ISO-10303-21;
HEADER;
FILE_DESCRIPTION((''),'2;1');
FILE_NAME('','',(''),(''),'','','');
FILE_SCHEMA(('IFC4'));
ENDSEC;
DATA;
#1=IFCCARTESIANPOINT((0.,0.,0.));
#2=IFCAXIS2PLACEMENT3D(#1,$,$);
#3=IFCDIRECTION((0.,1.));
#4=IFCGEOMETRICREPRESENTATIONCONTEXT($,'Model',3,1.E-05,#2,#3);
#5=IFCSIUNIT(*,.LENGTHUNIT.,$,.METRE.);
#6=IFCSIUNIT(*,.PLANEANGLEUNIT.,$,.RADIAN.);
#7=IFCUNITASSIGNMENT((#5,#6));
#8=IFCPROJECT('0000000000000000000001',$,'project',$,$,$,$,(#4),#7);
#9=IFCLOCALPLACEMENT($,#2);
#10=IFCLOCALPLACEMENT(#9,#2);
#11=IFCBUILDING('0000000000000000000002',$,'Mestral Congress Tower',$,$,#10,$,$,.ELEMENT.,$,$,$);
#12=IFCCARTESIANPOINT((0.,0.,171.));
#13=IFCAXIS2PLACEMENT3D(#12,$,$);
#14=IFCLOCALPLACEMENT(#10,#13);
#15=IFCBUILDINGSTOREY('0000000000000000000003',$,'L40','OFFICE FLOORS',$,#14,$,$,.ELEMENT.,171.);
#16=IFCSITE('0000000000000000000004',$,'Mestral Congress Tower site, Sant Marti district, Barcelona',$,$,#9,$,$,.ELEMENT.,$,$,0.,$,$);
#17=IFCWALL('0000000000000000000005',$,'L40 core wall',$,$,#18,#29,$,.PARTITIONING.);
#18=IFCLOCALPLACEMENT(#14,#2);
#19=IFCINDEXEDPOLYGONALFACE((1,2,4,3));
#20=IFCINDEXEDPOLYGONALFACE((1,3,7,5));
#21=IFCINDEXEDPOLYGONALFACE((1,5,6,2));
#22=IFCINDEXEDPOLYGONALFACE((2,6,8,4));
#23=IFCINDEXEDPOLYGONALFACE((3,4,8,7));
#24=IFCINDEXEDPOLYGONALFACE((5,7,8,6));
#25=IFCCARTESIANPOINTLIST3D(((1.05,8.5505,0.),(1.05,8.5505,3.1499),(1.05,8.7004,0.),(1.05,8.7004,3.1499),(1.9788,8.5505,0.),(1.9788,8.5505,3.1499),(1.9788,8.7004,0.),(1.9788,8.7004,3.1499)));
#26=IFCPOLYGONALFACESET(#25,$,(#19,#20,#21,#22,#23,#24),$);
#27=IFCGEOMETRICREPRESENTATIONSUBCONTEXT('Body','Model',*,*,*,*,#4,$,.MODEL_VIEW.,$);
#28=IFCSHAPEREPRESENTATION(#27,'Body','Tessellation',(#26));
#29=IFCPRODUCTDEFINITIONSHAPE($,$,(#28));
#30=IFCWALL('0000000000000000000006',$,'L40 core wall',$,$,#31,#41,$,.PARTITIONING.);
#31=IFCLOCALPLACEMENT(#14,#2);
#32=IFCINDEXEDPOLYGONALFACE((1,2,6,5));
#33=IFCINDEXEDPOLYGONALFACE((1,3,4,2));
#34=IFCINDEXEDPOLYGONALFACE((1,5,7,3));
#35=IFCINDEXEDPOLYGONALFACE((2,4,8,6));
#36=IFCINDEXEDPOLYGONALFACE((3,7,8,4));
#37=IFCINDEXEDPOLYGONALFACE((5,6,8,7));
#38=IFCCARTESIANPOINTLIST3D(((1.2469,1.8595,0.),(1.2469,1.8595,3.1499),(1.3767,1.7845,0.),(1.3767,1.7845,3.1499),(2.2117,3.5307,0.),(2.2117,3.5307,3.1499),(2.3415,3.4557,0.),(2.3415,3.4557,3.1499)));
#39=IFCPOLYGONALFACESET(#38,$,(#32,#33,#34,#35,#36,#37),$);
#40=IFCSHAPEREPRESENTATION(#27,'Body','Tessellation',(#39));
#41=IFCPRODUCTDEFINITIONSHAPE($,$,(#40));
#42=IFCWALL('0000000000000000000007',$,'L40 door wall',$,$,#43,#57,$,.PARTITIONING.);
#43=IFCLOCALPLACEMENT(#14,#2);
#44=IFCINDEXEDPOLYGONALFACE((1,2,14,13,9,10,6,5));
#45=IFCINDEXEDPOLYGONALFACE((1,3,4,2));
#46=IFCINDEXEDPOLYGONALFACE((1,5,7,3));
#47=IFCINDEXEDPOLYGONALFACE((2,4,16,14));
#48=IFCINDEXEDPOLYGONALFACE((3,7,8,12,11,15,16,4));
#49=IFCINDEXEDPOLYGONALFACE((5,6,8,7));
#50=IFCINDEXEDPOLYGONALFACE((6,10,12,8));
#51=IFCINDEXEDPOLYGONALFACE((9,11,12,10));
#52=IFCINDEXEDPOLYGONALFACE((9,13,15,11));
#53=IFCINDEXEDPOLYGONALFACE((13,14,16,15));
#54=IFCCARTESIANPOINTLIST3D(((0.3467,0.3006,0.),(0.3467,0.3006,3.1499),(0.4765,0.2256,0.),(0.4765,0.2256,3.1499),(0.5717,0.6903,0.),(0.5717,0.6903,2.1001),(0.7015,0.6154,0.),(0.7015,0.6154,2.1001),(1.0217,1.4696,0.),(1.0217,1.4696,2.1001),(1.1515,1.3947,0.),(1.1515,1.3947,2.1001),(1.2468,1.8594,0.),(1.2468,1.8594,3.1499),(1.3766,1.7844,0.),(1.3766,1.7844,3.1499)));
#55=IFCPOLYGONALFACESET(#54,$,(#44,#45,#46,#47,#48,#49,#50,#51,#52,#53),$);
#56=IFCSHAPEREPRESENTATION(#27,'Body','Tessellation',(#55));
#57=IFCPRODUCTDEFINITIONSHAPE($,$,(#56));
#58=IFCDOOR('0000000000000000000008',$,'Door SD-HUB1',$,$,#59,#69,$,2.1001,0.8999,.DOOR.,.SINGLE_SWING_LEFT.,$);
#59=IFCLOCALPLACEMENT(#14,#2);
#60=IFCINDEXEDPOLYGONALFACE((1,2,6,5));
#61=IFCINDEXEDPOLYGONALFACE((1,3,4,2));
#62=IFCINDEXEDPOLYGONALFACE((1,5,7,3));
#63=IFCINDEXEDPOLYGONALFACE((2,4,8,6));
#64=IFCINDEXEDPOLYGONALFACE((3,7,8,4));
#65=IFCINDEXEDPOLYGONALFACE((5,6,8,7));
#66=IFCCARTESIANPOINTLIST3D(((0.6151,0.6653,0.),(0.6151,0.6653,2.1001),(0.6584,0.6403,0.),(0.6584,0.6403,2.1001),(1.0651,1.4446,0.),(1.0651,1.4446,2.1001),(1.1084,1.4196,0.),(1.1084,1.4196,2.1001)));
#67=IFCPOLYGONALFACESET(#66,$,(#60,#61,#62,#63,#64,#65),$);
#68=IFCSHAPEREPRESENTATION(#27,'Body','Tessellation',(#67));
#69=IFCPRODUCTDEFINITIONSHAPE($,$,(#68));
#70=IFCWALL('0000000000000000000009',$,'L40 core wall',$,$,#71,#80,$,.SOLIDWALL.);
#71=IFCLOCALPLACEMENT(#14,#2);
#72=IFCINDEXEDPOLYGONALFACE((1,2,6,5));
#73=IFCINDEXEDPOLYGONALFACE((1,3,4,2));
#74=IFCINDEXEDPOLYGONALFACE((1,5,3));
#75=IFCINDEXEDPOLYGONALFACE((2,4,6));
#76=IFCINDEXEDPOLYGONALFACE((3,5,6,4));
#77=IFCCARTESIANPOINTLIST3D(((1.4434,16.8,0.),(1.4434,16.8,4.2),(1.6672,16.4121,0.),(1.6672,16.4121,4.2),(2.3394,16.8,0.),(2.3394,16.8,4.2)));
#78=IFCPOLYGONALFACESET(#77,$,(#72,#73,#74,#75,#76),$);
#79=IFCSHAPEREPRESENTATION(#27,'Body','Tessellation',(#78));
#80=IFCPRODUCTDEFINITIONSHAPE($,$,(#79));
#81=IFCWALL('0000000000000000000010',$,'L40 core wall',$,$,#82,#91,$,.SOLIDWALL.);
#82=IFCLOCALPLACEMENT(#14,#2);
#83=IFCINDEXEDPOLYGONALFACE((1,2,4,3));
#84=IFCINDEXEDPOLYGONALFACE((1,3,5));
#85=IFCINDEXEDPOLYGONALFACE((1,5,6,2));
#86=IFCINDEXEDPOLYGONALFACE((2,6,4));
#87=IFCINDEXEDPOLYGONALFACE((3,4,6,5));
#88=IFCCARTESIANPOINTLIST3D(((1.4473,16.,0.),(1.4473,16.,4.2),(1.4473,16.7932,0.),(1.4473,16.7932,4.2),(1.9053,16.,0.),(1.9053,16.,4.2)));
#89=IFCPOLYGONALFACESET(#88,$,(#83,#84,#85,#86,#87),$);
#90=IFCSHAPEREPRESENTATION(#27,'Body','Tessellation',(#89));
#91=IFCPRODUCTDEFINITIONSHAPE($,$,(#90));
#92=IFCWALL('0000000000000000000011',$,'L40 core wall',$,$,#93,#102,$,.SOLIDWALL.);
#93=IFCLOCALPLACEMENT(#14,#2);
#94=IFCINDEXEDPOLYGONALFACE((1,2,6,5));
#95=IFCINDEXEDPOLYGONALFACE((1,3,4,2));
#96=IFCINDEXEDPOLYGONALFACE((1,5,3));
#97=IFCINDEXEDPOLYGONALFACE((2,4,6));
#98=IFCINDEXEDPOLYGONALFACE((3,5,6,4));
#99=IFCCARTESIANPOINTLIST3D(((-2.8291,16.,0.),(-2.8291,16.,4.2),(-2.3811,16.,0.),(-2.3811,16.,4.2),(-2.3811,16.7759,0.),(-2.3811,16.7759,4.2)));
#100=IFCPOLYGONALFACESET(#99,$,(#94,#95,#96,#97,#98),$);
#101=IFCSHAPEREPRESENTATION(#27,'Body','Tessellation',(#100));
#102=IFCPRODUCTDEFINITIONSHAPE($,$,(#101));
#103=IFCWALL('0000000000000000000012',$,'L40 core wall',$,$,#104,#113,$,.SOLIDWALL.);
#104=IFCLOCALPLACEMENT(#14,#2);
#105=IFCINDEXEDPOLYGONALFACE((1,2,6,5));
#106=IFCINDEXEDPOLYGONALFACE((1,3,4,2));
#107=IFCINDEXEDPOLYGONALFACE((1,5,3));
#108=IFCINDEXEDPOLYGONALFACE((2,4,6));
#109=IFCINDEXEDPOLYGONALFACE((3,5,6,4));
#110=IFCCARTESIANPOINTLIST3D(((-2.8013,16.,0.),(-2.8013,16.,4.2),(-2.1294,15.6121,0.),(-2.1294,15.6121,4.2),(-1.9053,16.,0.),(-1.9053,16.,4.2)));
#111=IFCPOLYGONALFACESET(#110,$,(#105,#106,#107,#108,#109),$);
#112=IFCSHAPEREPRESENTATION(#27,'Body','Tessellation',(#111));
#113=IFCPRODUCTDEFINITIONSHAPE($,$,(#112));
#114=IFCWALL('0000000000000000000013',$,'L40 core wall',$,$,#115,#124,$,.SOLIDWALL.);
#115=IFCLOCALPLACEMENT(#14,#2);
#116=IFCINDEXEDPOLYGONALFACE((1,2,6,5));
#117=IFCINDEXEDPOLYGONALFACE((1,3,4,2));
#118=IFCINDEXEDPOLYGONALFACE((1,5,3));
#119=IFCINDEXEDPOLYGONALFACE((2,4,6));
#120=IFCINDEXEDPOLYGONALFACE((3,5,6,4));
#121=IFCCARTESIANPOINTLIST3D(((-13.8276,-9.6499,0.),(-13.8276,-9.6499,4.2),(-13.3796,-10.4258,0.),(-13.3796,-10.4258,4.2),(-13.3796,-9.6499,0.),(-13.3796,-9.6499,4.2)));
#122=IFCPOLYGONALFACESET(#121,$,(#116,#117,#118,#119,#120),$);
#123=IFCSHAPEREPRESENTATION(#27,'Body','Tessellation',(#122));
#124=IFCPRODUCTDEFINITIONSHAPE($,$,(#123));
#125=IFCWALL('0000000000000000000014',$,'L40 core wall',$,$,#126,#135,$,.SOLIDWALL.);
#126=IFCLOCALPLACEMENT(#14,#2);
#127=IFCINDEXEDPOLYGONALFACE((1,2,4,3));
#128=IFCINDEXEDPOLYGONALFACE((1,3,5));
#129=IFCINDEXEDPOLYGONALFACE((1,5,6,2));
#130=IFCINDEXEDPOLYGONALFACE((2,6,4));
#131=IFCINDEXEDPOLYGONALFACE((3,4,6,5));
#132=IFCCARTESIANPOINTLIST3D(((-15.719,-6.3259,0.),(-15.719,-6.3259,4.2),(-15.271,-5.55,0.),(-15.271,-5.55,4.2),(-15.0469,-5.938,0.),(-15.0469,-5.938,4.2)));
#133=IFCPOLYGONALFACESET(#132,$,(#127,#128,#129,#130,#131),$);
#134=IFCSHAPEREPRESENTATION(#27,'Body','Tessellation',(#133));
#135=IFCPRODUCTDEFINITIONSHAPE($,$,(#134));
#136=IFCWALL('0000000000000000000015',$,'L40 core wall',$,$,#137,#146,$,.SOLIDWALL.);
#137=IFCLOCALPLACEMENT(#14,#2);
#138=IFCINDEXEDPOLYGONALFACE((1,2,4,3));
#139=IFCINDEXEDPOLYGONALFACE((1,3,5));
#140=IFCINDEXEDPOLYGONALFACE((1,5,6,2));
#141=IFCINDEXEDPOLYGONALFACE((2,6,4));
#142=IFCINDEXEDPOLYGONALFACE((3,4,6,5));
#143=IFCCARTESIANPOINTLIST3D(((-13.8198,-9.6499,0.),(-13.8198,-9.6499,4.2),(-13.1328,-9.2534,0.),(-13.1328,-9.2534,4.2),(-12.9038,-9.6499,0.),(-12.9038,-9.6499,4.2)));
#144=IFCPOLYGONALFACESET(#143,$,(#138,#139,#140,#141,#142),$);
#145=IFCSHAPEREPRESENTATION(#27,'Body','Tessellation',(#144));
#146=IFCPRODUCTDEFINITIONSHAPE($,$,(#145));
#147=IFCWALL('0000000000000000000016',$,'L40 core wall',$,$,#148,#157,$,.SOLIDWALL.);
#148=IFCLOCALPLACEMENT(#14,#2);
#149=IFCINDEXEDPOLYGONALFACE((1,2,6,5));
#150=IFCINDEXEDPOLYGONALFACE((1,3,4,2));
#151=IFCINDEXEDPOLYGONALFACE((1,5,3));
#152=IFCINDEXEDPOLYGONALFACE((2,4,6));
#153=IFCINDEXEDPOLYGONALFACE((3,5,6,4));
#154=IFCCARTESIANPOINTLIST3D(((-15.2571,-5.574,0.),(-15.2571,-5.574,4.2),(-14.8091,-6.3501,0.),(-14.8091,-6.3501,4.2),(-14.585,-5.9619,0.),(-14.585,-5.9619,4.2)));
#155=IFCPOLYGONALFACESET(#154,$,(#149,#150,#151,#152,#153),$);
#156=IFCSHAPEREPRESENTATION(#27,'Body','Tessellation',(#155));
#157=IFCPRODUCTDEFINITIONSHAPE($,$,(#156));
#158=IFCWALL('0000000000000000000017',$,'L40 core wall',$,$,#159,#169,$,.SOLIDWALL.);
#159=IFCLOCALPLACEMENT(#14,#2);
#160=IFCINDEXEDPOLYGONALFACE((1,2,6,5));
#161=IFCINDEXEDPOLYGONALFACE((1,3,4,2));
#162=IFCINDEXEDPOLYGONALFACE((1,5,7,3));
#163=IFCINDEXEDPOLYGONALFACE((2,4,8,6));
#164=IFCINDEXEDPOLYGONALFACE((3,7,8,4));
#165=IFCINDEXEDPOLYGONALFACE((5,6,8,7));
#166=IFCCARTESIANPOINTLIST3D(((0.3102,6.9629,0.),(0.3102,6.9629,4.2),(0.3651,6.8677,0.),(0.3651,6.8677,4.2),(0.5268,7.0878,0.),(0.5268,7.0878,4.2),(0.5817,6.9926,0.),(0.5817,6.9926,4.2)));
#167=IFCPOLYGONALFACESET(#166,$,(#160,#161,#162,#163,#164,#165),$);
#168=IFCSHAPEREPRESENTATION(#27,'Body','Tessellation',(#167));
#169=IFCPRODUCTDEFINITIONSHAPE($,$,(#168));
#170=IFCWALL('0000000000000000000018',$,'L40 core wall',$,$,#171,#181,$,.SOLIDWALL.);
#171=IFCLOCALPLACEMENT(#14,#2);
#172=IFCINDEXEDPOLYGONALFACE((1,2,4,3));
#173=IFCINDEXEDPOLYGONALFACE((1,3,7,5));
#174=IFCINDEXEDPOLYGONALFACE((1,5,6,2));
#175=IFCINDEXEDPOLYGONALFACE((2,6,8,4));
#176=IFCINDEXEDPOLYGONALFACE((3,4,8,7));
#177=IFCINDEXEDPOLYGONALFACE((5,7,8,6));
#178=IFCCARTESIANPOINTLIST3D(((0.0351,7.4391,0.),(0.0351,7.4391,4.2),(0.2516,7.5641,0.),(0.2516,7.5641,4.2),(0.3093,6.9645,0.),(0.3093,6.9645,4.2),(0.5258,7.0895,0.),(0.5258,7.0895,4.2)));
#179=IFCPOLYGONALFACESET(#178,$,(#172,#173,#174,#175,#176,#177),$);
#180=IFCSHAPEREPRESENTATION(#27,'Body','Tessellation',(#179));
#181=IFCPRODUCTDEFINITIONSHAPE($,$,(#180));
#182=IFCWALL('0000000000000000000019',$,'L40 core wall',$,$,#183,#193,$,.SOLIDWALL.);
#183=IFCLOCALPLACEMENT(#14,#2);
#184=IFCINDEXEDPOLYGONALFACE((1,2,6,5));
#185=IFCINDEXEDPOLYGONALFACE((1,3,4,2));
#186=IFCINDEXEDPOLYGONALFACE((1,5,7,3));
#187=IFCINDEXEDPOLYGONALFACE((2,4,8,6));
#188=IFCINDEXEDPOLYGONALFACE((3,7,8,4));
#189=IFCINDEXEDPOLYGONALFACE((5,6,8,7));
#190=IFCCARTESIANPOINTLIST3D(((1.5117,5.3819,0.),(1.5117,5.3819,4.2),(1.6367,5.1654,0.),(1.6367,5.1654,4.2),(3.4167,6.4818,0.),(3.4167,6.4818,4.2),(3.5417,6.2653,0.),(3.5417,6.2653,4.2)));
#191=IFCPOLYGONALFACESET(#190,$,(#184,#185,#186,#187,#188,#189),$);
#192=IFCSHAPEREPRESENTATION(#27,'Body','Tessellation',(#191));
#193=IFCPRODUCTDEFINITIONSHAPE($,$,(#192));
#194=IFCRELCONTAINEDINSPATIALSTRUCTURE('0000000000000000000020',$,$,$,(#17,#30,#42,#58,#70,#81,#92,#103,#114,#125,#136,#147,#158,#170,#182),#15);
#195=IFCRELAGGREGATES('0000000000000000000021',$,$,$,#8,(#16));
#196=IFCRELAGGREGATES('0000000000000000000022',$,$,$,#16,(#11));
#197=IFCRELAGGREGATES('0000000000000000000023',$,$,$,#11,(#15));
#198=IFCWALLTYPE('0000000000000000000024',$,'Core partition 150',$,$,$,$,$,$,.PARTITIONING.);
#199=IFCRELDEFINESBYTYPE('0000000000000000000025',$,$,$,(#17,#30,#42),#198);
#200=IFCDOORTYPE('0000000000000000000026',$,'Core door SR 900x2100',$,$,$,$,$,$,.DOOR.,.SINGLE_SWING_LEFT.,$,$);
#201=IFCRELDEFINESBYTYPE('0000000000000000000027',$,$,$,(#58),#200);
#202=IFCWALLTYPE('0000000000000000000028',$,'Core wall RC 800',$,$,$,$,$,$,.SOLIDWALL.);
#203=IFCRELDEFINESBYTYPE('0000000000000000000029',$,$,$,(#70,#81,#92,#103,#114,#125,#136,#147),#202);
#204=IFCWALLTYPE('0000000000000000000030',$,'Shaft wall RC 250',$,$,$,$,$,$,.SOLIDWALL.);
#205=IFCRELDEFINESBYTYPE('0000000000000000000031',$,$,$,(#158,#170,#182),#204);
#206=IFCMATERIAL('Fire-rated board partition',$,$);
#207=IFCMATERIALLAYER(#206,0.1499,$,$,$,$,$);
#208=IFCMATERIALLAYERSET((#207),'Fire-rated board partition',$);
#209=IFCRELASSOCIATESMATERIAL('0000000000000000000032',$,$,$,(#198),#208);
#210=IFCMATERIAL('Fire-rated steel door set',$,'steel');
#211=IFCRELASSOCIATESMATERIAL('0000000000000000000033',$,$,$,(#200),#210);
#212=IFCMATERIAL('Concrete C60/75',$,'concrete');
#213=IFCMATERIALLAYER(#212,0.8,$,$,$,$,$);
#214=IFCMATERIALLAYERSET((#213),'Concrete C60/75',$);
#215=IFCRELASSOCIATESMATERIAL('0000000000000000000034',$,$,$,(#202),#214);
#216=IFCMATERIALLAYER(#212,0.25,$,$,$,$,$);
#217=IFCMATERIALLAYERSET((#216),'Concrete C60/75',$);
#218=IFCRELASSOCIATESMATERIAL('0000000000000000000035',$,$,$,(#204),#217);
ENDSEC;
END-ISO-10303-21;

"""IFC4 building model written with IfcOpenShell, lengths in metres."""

from ifc_helpers import new_model, si_unit, direction, frame, frame_2d, origin, place, context, subcontext, project, spatial, polyline, rectangle, outline, extrude, material, layer, layer_set, type_object, element, fill, save


model = new_model("IFC4")

# Units and contexts
model_context = context("Model", 3, precision=1e-05, world=origin(), true_north=direction((0.0, 1.0)))
body_context = subcontext(model_context, "Body", "Model", "MODEL_VIEW")
ifc_project = project(units=[si_unit("LENGTHUNIT", "METRE"), si_unit("PLANEANGLEUNIT", "RADIAN")], contexts=[model_context])

# Site, building, storey
site_placement = place(None, origin())
site = spatial("IfcSite", under=ifc_project, at=site_placement, Name="Mestral Congress Tower site, Sant Marti district, Barcelona", CompositionType="ELEMENT", RefElevation=0.0)
building_placement = place(site_placement, origin())
building = spatial("IfcBuilding", under=site, at=building_placement, Name="Mestral Congress Tower", CompositionType="ELEMENT")
storey_placement = place(building_placement, frame((0.0, 0.0, 171.0)))
storey = spatial("IfcBuildingStorey", under=building, at=storey_placement, Name="L40", Description="OFFICE FLOORS", CompositionType="ELEMENT", Elevation=171.0)

# Walls
ifc_material_1 = material(Name="Fire-rated board partition")
ifc_layer_1 = layer(ifc_material_1, 0.1499)
ifc_layer_set_1 = layer_set([ifc_layer_1], Name="Fire-rated board partition")
wall_type_1 = type_object("IfcWallType", Name="Core partition 150", PredefinedType="PARTITIONING", material=ifc_layer_set_1)
wall_1_placement = place(storey_placement, frame((1.05, 8.6255, 0.0), z_axis=(0.0, 0.0, 1.0), x_axis=(1.0, 0.0, 0.0)))
element("IfcWall", 1, at=wall_1_placement, inside=storey, type_object=wall_type_1, Name="L40 core wall", PredefinedType="PARTITIONING", context=body_context, shape_type="SweptSolid", body=[
    extrude(rectangle(XDim=0.9287, YDim=0.1499, at=frame_2d((0.4644, 0.0))), origin(), (0.0, 0.0, 1.0), 3.1499),
])
wall_2_placement = place(storey_placement, frame((1.3118, 1.822, 0.0), z_axis=(0.0, 0.0, 1.0), x_axis=(0.500004, 0.866023, 0.0)))
element("IfcWall", 2, at=wall_2_placement, inside=storey, type_object=wall_type_1, Name="L40 core wall", PredefinedType="PARTITIONING", context=body_context, shape_type="SweptSolid", body=[
    extrude(rectangle(XDim=1.9297, YDim=0.1499, at=frame_2d((0.9648, 0.0))), origin(), (0.0, 0.0, 1.0), 3.1499),
])

# Wall, opening, door
wall_3_placement = place(storey_placement, frame((0.4116, 0.2632, 0.0), z_axis=(0.0, 0.0, 1.0), x_axis=(0.500063, 0.865989, 0.0)))
wall_3 = element("IfcWall", 3, at=wall_3_placement, inside=storey, type_object=wall_type_1, Name="L40 door wall", PredefinedType="PARTITIONING", context=body_context, shape_type="SweptSolid", body=[
    extrude(rectangle(XDim=1.8, YDim=0.1499, at=frame_2d((0.8999, 0.0))), origin(), (0.0, 0.0, 1.0), 3.1499),
])
opening_1_placement = place(wall_3_placement, frame((0.45, 0.0, 0.0)))
opening_1 = element("IfcOpeningElement", 4, at=opening_1_placement, cuts=wall_3, PredefinedType="OPENING", context=body_context, shape_type="SweptSolid", body=[
    extrude(rectangle(XDim=0.8999, YDim=2.1001, at=frame_2d((0.45, 1.05))), frame((0.0, 0.085, 0.0), z_axis=(0.0, -1.0, 0.0), x_axis=(1.0, 0.0, 0.0)), (0.0, 0.0, 1.0), 0.1699),
])
ifc_material_2 = material(Name="Fire-rated steel door set", Category="steel")
door_type_1 = type_object("IfcDoorType", Name="Core door SR 900x2100", OperationType="SINGLE_SWING_LEFT", PredefinedType="DOOR", material=ifc_material_2)
door_1_placement = place(opening_1_placement, origin())
door_1 = element("IfcDoor", 5, at=door_1_placement, inside=storey, type_object=door_type_1, Name="Door SD-HUB1", OperationType="SINGLE_SWING_LEFT", OverallHeight=2.1001, OverallWidth=0.8999, PredefinedType="DOOR", context=body_context, shape_type="SweptSolid", body=[
    extrude(rectangle(XDim=0.8999, YDim=2.1001, at=frame_2d((0.45, 1.05))), frame((0.0, 0.0249, 0.0), z_axis=(0.0, -1.0, 0.0), x_axis=(1.0, 0.0, 0.0)), (0.0, 0.0, 1.0), 0.05),
])
fill(opening_1, door_1)

# Walls
ifc_material_3 = material(Name="Concrete C60/75", Category="concrete")
ifc_layer_2 = layer(ifc_material_3, 0.8)
ifc_layer_set_2 = layer_set([ifc_layer_2], Name="Concrete C60/75")
wall_type_2 = type_object("IfcWallType", Name="Core wall RC 800", PredefinedType="SOLIDWALL", material=ifc_layer_set_2)
placement = place(storey_placement, origin())
element("IfcWall", 6, at=placement, inside=storey, type_object=wall_type_2, Name="L40 core wall", PredefinedType="SOLIDWALL", context=body_context, shape_type="SweptSolid", body=[
    extrude(outline(polyline([(1.4434, 16.8), (2.3394, 16.8), (1.6672, 16.4121), (1.4434, 16.8)])), origin(), (0.0, 0.0, 1.0), 4.2),
])
element("IfcWall", 7, at=placement, inside=storey, type_object=wall_type_2, Name="L40 core wall", PredefinedType="SOLIDWALL", context=body_context, shape_type="SweptSolid", body=[
    extrude(outline(polyline([(1.9053, 16.0), (1.4473, 16.0), (1.4473, 16.7932), (1.9053, 16.0)])), origin(), (0.0, 0.0, 1.0), 4.2),
])
element("IfcWall", 8, at=placement, inside=storey, type_object=wall_type_2, Name="L40 core wall", PredefinedType="SOLIDWALL", context=body_context, shape_type="SweptSolid", body=[
    extrude(outline(polyline([(-2.8291, 16.0), (-2.3811, 16.7759), (-2.3811, 16.0), (-2.8291, 16.0)])), origin(), (0.0, 0.0, 1.0), 4.2),
])
element("IfcWall", 9, at=placement, inside=storey, type_object=wall_type_2, Name="L40 core wall", PredefinedType="SOLIDWALL", context=body_context, shape_type="SweptSolid", body=[
    extrude(outline(polyline([(-1.9053, 16.0), (-2.1294, 15.6121), (-2.8013, 16.0), (-1.9053, 16.0)])), origin(), (0.0, 0.0, 1.0), 4.2),
])
element("IfcWall", 10, at=placement, inside=storey, type_object=wall_type_2, Name="L40 core wall", PredefinedType="SOLIDWALL", context=body_context, shape_type="SweptSolid", body=[
    extrude(outline(polyline([(-13.8276, -9.6499), (-13.3796, -9.6499), (-13.3796, -10.4258), (-13.8276, -9.6499)])), origin(), (0.0, 0.0, 1.0), 4.2),
])
element("IfcWall", 11, at=placement, inside=storey, type_object=wall_type_2, Name="L40 core wall", PredefinedType="SOLIDWALL", context=body_context, shape_type="SweptSolid", body=[
    extrude(outline(polyline([(-15.0469, -5.938), (-15.719, -6.3259), (-15.271, -5.55), (-15.0469, -5.938)])), origin(), (0.0, 0.0, 1.0), 4.2),
])
element("IfcWall", 12, at=placement, inside=storey, type_object=wall_type_2, Name="L40 core wall", PredefinedType="SOLIDWALL", context=body_context, shape_type="SweptSolid", body=[
    extrude(outline(polyline([(-12.9038, -9.6499), (-13.8198, -9.6499), (-13.1328, -9.2534), (-12.9038, -9.6499)])), origin(), (0.0, 0.0, 1.0), 4.2),
])
element("IfcWall", 13, at=placement, inside=storey, type_object=wall_type_2, Name="L40 core wall", PredefinedType="SOLIDWALL", context=body_context, shape_type="SweptSolid", body=[
    extrude(outline(polyline([(-14.8091, -6.3501), (-15.2571, -5.574), (-14.585, -5.9619), (-14.8091, -6.3501)])), origin(), (0.0, 0.0, 1.0), 4.2),
])
ifc_layer_3 = layer(ifc_material_3, 0.25)
ifc_layer_set_3 = layer_set([ifc_layer_3], Name="Concrete C60/75")
wall_type_3 = type_object("IfcWallType", Name="Shaft wall RC 250", PredefinedType="SOLIDWALL", material=ifc_layer_set_3)
wall_4_placement = place(storey_placement, frame((0.4734, 6.9302, 0.0), z_axis=(0.0, 0.0, 1.0), x_axis=(-0.499722, 0.866186, 0.0)))
element("IfcWall", 14, at=wall_4_placement, inside=storey, type_object=wall_type_3, Name="L40 core wall", PredefinedType="SOLIDWALL", context=body_context, shape_type="SweptSolid", body=[
    extrude(rectangle(XDim=0.1099, YDim=0.25, at=frame_2d((0.0549, 0.0))), origin(), (0.0, 0.0, 1.0), 4.2),
])
wall_5_placement = place(storey_placement, frame((0.4175, 7.0271, 0.0), z_axis=(0.0, 0.0, 1.0), x_axis=(-0.500211, 0.865904, 0.0)))
element("IfcWall", 15, at=wall_5_placement, inside=storey, type_object=wall_type_3, Name="L40 core wall", PredefinedType="SOLIDWALL", context=body_context, shape_type="SweptSolid", body=[
    extrude(rectangle(XDim=0.5481, YDim=0.25, at=frame_2d((0.2739, 0.0))), origin(), (0.0, 0.0, 1.0), 4.2),
])
wall_6_placement = place(storey_placement, frame((1.5742, 5.2737, 0.0), z_axis=(0.0, 0.0, 1.0), x_axis=(0.866028, 0.499995, 0.0)))
element("IfcWall", 16, at=wall_6_placement, inside=storey, type_object=wall_type_3, Name="L40 core wall", PredefinedType="SOLIDWALL", context=body_context, shape_type="SweptSolid", body=[
    extrude(rectangle(XDim=2.1997, YDim=0.25, at=frame_2d((1.0999, 0.0))), origin(), (0.0, 0.0, 1.0), 4.2),
])

save(model, "model.ifc")
